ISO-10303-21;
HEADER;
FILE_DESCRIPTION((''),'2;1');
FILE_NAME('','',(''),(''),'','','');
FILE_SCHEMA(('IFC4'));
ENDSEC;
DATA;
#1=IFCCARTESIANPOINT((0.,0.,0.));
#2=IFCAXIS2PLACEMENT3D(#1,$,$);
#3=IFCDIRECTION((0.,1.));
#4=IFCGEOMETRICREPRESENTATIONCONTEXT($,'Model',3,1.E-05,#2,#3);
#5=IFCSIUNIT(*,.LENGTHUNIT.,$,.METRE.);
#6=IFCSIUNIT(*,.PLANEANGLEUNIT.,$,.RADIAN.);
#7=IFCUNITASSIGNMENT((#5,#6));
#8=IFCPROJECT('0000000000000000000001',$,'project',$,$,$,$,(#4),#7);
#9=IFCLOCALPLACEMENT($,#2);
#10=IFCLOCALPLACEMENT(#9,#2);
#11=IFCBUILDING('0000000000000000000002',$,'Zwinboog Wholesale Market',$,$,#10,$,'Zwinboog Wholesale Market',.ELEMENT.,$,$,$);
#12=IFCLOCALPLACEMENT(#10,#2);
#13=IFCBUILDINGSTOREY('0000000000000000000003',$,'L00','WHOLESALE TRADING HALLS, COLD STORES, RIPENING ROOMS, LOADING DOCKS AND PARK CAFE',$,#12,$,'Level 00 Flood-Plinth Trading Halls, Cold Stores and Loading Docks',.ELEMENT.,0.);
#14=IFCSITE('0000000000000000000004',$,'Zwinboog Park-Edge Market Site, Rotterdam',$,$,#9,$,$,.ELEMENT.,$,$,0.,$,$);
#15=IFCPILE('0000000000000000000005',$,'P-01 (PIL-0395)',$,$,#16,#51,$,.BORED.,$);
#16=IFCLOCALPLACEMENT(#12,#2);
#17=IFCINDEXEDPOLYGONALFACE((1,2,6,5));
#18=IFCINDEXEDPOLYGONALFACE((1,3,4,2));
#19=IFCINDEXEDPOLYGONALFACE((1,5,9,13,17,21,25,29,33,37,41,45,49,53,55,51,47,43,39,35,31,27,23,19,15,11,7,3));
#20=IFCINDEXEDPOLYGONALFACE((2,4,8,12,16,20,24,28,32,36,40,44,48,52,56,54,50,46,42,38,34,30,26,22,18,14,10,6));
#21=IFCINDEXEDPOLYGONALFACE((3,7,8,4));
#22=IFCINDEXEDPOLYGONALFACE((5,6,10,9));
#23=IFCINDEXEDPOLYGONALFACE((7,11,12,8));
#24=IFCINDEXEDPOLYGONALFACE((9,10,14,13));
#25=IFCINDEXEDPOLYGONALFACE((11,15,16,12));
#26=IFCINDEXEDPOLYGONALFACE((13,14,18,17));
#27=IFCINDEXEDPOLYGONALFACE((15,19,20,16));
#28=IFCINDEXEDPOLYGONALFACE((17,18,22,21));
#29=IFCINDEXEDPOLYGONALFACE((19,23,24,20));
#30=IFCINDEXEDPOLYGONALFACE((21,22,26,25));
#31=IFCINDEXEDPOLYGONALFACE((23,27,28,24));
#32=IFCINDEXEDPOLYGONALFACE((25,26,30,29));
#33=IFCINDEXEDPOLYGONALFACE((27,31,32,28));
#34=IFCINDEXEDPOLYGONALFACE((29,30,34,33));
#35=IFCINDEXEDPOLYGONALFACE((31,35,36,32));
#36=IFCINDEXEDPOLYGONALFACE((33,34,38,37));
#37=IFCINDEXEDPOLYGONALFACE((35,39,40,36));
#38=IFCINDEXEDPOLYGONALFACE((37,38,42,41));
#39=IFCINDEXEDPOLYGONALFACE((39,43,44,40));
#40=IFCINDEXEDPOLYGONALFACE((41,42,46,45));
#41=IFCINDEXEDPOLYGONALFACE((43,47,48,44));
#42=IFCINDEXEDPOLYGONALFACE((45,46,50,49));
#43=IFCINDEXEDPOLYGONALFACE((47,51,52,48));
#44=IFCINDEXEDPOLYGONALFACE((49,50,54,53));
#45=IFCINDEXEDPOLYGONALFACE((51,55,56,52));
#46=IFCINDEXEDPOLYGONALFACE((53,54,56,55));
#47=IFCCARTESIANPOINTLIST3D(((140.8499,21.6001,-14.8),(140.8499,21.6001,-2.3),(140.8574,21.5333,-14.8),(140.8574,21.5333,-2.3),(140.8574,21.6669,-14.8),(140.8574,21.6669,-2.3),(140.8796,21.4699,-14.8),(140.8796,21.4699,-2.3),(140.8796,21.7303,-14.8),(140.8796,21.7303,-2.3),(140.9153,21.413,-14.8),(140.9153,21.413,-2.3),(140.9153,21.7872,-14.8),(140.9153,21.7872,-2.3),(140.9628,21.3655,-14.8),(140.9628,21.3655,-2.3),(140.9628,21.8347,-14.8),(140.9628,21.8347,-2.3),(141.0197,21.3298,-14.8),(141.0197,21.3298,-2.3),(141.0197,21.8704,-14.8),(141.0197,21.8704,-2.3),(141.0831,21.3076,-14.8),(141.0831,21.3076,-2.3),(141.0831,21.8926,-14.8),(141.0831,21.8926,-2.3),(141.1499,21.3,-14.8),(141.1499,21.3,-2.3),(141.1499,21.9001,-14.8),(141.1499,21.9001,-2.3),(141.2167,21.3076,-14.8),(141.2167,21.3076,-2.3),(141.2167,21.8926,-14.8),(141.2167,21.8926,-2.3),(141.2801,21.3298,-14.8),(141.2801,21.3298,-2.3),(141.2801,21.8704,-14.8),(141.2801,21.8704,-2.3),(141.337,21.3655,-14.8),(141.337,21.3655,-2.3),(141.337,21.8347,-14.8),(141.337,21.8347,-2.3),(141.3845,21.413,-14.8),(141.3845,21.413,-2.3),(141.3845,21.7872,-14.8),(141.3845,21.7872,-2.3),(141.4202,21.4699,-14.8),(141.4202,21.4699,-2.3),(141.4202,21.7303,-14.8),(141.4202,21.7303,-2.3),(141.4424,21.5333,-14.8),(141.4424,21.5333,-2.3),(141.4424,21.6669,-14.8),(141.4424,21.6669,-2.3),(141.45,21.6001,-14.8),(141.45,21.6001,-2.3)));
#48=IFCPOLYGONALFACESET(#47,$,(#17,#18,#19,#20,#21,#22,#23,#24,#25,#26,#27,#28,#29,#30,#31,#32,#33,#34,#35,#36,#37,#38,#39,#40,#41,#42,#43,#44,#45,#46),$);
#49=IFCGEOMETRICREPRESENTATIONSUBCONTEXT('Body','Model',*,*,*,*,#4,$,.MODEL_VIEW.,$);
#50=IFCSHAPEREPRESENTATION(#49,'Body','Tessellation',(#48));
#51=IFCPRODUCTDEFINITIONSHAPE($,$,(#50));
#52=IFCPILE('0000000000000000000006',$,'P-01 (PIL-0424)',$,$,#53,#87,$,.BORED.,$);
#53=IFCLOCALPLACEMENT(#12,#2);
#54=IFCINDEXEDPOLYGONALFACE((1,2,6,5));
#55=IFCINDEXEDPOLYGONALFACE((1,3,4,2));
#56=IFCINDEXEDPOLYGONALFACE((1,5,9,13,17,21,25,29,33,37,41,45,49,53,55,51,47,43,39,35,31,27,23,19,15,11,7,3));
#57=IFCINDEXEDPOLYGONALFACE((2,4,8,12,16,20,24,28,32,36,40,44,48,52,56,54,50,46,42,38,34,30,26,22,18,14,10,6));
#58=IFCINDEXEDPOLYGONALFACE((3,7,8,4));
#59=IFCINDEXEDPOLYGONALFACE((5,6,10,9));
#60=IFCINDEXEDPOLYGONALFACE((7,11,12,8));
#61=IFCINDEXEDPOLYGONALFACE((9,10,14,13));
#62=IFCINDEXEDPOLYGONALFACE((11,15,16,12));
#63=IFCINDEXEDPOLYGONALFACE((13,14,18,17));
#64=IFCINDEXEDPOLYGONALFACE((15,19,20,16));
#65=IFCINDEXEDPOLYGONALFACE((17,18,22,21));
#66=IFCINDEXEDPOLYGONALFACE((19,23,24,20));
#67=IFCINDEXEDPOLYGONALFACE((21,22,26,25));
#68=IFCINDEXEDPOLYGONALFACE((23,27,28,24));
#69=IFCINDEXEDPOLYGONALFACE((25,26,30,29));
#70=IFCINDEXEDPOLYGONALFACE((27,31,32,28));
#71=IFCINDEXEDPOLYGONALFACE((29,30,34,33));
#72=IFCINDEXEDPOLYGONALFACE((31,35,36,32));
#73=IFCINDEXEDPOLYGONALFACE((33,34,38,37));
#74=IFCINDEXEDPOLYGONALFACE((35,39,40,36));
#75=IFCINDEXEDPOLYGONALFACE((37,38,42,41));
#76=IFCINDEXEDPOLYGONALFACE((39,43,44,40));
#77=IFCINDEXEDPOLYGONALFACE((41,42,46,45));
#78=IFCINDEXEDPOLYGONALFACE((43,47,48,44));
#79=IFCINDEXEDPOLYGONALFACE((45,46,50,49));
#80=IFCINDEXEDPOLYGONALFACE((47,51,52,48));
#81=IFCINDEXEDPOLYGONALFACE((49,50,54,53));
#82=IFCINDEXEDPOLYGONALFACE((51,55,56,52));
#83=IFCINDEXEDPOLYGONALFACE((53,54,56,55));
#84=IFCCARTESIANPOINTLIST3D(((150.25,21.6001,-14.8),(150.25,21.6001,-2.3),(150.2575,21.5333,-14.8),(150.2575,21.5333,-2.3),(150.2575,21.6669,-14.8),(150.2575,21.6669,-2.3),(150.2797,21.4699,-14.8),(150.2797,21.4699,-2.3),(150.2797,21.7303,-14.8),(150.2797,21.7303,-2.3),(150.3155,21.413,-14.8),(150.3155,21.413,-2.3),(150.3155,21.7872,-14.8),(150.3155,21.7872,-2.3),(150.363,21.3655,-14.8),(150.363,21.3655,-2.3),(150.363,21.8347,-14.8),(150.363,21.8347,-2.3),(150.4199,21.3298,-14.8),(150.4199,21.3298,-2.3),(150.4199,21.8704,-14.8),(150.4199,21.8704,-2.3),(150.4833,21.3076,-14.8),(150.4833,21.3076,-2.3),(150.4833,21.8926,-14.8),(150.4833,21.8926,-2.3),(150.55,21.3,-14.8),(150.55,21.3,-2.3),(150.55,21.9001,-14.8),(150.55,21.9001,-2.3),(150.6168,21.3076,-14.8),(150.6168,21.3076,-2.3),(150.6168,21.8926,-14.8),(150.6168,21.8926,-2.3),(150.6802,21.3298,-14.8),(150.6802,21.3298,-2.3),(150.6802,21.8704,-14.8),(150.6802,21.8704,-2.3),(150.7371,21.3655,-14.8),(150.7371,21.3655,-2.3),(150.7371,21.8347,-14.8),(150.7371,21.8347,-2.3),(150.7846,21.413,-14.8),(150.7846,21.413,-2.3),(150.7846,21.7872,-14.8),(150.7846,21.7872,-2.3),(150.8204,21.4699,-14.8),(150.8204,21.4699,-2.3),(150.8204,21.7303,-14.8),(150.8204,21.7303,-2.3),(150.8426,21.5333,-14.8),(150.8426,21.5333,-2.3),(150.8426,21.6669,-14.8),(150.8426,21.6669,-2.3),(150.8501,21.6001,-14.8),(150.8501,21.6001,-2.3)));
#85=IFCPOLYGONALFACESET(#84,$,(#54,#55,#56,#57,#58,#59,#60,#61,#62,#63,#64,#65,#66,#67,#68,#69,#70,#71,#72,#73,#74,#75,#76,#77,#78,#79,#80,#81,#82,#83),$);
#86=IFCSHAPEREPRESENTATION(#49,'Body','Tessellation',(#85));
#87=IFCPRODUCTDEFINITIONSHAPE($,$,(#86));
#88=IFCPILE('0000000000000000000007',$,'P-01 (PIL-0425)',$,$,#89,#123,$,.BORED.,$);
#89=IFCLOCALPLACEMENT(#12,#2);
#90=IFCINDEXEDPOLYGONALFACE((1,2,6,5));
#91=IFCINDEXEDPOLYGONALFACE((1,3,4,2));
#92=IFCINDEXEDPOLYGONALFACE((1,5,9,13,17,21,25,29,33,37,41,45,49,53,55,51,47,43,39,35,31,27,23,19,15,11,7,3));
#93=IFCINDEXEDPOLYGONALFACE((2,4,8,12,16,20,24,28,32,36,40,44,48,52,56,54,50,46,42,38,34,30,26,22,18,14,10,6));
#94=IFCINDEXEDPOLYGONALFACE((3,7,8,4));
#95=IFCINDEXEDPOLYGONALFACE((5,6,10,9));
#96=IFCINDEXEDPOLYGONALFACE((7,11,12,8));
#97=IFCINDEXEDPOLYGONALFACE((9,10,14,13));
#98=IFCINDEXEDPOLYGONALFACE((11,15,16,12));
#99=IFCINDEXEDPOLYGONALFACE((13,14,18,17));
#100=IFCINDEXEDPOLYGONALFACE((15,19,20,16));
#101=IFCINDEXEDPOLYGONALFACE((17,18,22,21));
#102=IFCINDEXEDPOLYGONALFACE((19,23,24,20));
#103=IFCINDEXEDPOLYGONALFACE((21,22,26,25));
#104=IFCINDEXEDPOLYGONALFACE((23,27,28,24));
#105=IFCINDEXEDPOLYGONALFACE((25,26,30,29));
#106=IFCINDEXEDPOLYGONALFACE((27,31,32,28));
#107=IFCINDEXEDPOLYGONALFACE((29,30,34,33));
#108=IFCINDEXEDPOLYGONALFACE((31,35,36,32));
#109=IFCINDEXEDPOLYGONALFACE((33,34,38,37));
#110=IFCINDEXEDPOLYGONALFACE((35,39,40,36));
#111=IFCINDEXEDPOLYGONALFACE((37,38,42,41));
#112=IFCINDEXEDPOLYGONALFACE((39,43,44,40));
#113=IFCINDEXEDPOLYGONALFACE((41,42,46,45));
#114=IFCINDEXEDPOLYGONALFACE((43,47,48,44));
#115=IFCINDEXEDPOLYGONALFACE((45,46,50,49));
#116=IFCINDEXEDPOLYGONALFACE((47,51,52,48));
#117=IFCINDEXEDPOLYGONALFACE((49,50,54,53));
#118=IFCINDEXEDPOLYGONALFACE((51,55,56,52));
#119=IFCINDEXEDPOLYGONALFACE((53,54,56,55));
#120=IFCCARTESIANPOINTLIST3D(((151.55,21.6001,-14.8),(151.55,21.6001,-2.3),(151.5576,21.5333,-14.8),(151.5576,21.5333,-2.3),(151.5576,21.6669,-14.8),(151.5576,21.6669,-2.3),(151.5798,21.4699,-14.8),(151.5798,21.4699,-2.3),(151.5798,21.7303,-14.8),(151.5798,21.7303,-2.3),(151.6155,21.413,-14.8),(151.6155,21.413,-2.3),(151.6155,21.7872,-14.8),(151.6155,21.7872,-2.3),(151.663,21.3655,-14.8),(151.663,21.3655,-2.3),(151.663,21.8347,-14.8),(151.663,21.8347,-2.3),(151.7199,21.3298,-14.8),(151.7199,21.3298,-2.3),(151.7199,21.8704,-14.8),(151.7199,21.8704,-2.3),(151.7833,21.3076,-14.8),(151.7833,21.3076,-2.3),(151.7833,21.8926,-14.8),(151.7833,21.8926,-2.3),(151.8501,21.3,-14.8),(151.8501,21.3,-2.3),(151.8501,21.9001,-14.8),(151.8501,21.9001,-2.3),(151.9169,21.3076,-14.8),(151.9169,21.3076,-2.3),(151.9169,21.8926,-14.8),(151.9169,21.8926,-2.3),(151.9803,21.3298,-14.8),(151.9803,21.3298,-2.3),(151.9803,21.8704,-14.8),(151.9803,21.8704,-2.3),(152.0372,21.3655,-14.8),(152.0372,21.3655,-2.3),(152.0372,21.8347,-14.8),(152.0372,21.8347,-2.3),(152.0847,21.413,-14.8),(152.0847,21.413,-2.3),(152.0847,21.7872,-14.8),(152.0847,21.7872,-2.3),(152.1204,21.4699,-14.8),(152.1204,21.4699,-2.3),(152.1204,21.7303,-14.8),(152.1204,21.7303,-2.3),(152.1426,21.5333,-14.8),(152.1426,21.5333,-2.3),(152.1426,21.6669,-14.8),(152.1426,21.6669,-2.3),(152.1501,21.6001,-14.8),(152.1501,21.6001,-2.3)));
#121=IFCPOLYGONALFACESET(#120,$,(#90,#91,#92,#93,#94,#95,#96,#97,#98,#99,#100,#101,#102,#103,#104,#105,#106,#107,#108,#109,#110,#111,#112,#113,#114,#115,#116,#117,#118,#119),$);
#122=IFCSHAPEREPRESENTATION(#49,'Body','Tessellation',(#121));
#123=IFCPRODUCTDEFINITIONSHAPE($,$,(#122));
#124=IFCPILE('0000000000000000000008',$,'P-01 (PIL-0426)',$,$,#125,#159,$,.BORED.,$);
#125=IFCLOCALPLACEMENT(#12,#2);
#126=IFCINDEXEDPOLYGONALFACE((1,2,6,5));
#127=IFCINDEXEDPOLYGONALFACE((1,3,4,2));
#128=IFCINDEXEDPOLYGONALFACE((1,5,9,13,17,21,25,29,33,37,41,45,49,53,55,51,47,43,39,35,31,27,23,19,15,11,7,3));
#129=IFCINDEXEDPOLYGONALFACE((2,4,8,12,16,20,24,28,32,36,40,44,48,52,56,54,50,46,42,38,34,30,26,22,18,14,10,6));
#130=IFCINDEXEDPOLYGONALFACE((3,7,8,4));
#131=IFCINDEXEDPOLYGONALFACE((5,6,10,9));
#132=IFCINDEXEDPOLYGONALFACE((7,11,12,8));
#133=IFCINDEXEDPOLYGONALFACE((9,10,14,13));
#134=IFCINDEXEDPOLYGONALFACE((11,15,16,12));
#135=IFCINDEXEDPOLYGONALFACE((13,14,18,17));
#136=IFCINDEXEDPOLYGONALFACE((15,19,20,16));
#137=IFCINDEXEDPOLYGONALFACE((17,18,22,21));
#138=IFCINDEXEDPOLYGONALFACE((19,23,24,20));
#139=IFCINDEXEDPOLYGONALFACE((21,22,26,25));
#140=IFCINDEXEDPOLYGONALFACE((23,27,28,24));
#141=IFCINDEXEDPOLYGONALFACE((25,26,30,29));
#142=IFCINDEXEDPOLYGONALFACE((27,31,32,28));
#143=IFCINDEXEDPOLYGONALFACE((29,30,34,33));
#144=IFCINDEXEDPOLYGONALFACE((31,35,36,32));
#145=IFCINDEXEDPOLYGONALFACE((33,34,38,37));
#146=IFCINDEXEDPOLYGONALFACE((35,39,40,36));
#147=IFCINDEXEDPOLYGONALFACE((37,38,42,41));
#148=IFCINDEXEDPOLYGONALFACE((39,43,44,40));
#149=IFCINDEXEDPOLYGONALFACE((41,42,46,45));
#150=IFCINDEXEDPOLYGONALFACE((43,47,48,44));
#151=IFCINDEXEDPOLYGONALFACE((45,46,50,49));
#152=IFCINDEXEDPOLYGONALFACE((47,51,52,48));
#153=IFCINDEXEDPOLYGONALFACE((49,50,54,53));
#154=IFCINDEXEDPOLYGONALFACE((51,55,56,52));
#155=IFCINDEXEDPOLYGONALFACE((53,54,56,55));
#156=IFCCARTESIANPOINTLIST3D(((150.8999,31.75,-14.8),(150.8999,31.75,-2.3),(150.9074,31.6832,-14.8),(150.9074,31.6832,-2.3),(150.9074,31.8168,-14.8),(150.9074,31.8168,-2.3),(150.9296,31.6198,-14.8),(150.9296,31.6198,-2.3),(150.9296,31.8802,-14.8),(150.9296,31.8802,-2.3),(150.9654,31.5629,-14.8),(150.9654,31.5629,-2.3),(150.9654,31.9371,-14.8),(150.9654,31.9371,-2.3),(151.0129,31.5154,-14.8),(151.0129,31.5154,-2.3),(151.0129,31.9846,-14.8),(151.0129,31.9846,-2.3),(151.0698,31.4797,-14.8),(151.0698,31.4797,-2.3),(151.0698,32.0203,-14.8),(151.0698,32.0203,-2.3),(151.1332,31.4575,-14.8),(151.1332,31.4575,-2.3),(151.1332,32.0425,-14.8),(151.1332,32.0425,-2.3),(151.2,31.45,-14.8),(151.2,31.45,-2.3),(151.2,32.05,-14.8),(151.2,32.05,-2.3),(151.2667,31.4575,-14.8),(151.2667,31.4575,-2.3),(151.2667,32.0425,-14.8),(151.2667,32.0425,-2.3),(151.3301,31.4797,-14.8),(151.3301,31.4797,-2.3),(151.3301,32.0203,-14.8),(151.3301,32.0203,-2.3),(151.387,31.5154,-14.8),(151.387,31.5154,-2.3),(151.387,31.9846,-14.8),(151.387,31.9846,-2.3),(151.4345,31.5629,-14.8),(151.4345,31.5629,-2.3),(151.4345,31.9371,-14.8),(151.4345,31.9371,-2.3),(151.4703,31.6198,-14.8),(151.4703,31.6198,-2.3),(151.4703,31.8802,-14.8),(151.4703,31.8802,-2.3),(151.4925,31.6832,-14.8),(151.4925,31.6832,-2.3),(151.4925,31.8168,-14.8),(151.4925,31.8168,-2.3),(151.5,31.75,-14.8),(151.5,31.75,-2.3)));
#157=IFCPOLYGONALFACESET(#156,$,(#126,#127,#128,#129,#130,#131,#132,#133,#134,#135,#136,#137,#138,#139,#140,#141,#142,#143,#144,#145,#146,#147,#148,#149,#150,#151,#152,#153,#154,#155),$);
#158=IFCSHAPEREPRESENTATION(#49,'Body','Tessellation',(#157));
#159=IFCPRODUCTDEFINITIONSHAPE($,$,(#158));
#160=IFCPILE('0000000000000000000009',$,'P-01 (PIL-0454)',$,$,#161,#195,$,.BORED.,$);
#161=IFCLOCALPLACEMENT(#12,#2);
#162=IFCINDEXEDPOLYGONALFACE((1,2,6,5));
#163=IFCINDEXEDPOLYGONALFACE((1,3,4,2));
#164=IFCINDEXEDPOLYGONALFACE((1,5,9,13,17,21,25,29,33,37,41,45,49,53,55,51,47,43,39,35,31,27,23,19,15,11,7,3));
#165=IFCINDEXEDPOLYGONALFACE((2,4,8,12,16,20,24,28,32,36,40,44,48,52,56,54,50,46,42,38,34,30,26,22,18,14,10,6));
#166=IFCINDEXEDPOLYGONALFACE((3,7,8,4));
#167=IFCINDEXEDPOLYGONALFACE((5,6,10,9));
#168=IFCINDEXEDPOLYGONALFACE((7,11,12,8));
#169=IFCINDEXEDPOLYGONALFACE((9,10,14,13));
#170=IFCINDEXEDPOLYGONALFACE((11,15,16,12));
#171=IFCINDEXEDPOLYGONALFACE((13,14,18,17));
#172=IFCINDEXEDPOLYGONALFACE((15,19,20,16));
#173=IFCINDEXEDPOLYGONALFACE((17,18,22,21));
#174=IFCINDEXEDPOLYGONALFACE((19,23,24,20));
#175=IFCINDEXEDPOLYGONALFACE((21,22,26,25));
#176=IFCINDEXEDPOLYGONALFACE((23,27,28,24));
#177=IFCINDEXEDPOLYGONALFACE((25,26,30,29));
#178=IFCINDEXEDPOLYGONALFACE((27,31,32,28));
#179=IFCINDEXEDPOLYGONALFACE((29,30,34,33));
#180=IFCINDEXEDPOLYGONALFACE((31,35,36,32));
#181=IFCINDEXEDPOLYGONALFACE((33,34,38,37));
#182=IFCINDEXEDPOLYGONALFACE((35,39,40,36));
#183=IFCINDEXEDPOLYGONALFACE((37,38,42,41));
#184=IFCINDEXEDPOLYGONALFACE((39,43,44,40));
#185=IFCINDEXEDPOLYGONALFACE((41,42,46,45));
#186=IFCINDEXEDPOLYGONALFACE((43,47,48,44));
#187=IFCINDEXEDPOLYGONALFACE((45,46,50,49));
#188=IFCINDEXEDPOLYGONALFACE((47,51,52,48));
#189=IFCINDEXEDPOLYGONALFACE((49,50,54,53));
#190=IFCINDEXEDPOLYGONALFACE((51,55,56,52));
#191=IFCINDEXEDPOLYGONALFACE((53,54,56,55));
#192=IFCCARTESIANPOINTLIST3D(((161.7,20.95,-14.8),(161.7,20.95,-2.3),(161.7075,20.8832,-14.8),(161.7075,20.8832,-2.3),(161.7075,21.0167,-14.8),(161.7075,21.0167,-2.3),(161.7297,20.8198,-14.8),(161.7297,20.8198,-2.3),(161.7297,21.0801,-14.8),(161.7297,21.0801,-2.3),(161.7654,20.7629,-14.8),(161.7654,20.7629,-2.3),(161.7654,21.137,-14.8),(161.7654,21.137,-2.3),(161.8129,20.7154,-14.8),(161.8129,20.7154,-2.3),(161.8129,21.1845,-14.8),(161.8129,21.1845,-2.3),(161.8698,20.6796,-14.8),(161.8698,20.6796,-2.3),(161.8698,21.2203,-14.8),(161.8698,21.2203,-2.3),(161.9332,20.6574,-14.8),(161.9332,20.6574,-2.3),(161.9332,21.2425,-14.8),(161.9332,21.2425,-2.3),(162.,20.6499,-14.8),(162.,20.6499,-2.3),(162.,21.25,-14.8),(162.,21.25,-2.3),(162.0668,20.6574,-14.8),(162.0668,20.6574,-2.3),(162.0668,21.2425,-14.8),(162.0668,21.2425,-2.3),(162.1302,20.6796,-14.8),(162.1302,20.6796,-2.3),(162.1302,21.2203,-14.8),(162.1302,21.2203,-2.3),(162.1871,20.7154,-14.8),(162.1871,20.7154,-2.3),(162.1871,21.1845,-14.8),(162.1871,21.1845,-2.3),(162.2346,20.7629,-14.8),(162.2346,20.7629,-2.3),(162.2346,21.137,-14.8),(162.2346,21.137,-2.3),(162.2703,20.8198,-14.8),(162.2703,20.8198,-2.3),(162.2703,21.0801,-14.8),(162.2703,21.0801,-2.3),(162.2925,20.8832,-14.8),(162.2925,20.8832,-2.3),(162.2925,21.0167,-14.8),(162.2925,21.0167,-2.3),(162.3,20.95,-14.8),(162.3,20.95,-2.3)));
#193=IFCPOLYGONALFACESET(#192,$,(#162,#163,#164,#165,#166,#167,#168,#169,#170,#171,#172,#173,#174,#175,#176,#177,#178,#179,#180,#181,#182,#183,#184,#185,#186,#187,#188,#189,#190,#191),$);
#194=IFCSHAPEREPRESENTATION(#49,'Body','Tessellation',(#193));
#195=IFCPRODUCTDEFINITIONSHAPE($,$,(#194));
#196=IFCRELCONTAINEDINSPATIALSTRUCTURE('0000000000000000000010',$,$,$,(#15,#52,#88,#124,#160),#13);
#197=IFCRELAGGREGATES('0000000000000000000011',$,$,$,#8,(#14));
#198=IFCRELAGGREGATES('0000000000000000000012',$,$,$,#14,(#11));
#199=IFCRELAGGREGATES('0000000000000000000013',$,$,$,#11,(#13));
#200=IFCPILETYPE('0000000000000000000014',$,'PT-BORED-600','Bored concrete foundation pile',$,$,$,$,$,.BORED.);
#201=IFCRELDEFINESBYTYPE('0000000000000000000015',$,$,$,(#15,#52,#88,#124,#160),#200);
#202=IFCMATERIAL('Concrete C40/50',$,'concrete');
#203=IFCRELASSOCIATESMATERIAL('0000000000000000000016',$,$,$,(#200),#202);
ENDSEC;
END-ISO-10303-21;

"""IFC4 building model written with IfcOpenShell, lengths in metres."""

from ifc_helpers import new_model, si_unit, direction, frame, origin, origin_2d, place, context, subcontext, project, spatial, circle, extrude, material, material_profile, profile_set, type_object, element, save


model = new_model("IFC4")

# Units and contexts
model_context = context("Model", 3, precision=1e-05, world=origin(), true_north=direction((0.0, 1.0)))
body_context = subcontext(model_context, "Body", "Model", "MODEL_VIEW")
ifc_project = project(units=[si_unit("LENGTHUNIT", "METRE"), si_unit("PLANEANGLEUNIT", "RADIAN")], contexts=[model_context])

# Site, building, storey
site_placement = place(None, origin())
site = spatial("IfcSite", under=ifc_project, at=site_placement, Name="Zwinboog Park-Edge Market Site, Rotterdam", CompositionType="ELEMENT", RefElevation=0.0)
building_placement = place(site_placement, origin())
building = spatial("IfcBuilding", under=site, at=building_placement, Name="Zwinboog Wholesale Market", LongName="Zwinboog Wholesale Market", CompositionType="ELEMENT")
storey_placement = place(building_placement, origin())
storey = spatial("IfcBuildingStorey", under=building, at=storey_placement, Name="L00", Description="WHOLESALE TRADING HALLS, COLD STORES, RIPENING ROOMS, LOADING DOCKS AND PARK CAFE", LongName="Level 00 Flood-Plinth Trading Halls, Cold Stores and Loading Docks", CompositionType="ELEMENT", Elevation=0.0)

# Piles
ifc_material_1 = material(Name="Concrete C40/50", Category="concrete")
ifc_material_profile_1 = material_profile(ifc_material_1, circle(Radius=0.3, at=origin_2d()), Name="PILE D600")
ifc_profile_set_1 = profile_set([ifc_material_profile_1], Name="Concrete C40/50")
pile_type = type_object("IfcPileType", Name="PT-BORED-600", Description="Bored concrete foundation pile", PredefinedType="BORED", material=ifc_profile_set_1)
for number, where, z_axis, x_axis, name in (
    (1, (141.1499, 21.6001, -2.3), (0.0, 0.0, -1.0), (1.0, 0.0, 0.0), "P-01 (PIL-0395)"),
    (2, (150.55, 21.6001, -2.3), (0.0, 0.0, -1.0), (1.0, 0.0, 0.0), "P-01 (PIL-0424)"),
    (3, (151.8501, 21.6001, -2.3), (0.0, 0.0, -1.0), (1.0, 0.0, 0.0), "P-01 (PIL-0425)"),
    (4, (151.2, 31.75, -2.3), (0.0, 0.0, -1.0), (1.0, 0.0, 0.0), "P-01 (PIL-0426)"),
    (5, (162.0, 20.95, -2.3), (0.0, 0.0, -1.0), (1.0, 0.0, 0.0), "P-01 (PIL-0454)"),
):
    element("IfcPile", number, at=place(storey_placement, frame(where, z_axis=z_axis, x_axis=x_axis)), inside=storey, type_object=pile_type, Name=name, PredefinedType="BORED", context=body_context, shape_type="SweptSolid", body=[
        extrude(circle(Radius=0.3, at=origin_2d()), origin(), (0.0, 0.0, 1.0), 12.5),
    ])

save(model, "model.ifc")
